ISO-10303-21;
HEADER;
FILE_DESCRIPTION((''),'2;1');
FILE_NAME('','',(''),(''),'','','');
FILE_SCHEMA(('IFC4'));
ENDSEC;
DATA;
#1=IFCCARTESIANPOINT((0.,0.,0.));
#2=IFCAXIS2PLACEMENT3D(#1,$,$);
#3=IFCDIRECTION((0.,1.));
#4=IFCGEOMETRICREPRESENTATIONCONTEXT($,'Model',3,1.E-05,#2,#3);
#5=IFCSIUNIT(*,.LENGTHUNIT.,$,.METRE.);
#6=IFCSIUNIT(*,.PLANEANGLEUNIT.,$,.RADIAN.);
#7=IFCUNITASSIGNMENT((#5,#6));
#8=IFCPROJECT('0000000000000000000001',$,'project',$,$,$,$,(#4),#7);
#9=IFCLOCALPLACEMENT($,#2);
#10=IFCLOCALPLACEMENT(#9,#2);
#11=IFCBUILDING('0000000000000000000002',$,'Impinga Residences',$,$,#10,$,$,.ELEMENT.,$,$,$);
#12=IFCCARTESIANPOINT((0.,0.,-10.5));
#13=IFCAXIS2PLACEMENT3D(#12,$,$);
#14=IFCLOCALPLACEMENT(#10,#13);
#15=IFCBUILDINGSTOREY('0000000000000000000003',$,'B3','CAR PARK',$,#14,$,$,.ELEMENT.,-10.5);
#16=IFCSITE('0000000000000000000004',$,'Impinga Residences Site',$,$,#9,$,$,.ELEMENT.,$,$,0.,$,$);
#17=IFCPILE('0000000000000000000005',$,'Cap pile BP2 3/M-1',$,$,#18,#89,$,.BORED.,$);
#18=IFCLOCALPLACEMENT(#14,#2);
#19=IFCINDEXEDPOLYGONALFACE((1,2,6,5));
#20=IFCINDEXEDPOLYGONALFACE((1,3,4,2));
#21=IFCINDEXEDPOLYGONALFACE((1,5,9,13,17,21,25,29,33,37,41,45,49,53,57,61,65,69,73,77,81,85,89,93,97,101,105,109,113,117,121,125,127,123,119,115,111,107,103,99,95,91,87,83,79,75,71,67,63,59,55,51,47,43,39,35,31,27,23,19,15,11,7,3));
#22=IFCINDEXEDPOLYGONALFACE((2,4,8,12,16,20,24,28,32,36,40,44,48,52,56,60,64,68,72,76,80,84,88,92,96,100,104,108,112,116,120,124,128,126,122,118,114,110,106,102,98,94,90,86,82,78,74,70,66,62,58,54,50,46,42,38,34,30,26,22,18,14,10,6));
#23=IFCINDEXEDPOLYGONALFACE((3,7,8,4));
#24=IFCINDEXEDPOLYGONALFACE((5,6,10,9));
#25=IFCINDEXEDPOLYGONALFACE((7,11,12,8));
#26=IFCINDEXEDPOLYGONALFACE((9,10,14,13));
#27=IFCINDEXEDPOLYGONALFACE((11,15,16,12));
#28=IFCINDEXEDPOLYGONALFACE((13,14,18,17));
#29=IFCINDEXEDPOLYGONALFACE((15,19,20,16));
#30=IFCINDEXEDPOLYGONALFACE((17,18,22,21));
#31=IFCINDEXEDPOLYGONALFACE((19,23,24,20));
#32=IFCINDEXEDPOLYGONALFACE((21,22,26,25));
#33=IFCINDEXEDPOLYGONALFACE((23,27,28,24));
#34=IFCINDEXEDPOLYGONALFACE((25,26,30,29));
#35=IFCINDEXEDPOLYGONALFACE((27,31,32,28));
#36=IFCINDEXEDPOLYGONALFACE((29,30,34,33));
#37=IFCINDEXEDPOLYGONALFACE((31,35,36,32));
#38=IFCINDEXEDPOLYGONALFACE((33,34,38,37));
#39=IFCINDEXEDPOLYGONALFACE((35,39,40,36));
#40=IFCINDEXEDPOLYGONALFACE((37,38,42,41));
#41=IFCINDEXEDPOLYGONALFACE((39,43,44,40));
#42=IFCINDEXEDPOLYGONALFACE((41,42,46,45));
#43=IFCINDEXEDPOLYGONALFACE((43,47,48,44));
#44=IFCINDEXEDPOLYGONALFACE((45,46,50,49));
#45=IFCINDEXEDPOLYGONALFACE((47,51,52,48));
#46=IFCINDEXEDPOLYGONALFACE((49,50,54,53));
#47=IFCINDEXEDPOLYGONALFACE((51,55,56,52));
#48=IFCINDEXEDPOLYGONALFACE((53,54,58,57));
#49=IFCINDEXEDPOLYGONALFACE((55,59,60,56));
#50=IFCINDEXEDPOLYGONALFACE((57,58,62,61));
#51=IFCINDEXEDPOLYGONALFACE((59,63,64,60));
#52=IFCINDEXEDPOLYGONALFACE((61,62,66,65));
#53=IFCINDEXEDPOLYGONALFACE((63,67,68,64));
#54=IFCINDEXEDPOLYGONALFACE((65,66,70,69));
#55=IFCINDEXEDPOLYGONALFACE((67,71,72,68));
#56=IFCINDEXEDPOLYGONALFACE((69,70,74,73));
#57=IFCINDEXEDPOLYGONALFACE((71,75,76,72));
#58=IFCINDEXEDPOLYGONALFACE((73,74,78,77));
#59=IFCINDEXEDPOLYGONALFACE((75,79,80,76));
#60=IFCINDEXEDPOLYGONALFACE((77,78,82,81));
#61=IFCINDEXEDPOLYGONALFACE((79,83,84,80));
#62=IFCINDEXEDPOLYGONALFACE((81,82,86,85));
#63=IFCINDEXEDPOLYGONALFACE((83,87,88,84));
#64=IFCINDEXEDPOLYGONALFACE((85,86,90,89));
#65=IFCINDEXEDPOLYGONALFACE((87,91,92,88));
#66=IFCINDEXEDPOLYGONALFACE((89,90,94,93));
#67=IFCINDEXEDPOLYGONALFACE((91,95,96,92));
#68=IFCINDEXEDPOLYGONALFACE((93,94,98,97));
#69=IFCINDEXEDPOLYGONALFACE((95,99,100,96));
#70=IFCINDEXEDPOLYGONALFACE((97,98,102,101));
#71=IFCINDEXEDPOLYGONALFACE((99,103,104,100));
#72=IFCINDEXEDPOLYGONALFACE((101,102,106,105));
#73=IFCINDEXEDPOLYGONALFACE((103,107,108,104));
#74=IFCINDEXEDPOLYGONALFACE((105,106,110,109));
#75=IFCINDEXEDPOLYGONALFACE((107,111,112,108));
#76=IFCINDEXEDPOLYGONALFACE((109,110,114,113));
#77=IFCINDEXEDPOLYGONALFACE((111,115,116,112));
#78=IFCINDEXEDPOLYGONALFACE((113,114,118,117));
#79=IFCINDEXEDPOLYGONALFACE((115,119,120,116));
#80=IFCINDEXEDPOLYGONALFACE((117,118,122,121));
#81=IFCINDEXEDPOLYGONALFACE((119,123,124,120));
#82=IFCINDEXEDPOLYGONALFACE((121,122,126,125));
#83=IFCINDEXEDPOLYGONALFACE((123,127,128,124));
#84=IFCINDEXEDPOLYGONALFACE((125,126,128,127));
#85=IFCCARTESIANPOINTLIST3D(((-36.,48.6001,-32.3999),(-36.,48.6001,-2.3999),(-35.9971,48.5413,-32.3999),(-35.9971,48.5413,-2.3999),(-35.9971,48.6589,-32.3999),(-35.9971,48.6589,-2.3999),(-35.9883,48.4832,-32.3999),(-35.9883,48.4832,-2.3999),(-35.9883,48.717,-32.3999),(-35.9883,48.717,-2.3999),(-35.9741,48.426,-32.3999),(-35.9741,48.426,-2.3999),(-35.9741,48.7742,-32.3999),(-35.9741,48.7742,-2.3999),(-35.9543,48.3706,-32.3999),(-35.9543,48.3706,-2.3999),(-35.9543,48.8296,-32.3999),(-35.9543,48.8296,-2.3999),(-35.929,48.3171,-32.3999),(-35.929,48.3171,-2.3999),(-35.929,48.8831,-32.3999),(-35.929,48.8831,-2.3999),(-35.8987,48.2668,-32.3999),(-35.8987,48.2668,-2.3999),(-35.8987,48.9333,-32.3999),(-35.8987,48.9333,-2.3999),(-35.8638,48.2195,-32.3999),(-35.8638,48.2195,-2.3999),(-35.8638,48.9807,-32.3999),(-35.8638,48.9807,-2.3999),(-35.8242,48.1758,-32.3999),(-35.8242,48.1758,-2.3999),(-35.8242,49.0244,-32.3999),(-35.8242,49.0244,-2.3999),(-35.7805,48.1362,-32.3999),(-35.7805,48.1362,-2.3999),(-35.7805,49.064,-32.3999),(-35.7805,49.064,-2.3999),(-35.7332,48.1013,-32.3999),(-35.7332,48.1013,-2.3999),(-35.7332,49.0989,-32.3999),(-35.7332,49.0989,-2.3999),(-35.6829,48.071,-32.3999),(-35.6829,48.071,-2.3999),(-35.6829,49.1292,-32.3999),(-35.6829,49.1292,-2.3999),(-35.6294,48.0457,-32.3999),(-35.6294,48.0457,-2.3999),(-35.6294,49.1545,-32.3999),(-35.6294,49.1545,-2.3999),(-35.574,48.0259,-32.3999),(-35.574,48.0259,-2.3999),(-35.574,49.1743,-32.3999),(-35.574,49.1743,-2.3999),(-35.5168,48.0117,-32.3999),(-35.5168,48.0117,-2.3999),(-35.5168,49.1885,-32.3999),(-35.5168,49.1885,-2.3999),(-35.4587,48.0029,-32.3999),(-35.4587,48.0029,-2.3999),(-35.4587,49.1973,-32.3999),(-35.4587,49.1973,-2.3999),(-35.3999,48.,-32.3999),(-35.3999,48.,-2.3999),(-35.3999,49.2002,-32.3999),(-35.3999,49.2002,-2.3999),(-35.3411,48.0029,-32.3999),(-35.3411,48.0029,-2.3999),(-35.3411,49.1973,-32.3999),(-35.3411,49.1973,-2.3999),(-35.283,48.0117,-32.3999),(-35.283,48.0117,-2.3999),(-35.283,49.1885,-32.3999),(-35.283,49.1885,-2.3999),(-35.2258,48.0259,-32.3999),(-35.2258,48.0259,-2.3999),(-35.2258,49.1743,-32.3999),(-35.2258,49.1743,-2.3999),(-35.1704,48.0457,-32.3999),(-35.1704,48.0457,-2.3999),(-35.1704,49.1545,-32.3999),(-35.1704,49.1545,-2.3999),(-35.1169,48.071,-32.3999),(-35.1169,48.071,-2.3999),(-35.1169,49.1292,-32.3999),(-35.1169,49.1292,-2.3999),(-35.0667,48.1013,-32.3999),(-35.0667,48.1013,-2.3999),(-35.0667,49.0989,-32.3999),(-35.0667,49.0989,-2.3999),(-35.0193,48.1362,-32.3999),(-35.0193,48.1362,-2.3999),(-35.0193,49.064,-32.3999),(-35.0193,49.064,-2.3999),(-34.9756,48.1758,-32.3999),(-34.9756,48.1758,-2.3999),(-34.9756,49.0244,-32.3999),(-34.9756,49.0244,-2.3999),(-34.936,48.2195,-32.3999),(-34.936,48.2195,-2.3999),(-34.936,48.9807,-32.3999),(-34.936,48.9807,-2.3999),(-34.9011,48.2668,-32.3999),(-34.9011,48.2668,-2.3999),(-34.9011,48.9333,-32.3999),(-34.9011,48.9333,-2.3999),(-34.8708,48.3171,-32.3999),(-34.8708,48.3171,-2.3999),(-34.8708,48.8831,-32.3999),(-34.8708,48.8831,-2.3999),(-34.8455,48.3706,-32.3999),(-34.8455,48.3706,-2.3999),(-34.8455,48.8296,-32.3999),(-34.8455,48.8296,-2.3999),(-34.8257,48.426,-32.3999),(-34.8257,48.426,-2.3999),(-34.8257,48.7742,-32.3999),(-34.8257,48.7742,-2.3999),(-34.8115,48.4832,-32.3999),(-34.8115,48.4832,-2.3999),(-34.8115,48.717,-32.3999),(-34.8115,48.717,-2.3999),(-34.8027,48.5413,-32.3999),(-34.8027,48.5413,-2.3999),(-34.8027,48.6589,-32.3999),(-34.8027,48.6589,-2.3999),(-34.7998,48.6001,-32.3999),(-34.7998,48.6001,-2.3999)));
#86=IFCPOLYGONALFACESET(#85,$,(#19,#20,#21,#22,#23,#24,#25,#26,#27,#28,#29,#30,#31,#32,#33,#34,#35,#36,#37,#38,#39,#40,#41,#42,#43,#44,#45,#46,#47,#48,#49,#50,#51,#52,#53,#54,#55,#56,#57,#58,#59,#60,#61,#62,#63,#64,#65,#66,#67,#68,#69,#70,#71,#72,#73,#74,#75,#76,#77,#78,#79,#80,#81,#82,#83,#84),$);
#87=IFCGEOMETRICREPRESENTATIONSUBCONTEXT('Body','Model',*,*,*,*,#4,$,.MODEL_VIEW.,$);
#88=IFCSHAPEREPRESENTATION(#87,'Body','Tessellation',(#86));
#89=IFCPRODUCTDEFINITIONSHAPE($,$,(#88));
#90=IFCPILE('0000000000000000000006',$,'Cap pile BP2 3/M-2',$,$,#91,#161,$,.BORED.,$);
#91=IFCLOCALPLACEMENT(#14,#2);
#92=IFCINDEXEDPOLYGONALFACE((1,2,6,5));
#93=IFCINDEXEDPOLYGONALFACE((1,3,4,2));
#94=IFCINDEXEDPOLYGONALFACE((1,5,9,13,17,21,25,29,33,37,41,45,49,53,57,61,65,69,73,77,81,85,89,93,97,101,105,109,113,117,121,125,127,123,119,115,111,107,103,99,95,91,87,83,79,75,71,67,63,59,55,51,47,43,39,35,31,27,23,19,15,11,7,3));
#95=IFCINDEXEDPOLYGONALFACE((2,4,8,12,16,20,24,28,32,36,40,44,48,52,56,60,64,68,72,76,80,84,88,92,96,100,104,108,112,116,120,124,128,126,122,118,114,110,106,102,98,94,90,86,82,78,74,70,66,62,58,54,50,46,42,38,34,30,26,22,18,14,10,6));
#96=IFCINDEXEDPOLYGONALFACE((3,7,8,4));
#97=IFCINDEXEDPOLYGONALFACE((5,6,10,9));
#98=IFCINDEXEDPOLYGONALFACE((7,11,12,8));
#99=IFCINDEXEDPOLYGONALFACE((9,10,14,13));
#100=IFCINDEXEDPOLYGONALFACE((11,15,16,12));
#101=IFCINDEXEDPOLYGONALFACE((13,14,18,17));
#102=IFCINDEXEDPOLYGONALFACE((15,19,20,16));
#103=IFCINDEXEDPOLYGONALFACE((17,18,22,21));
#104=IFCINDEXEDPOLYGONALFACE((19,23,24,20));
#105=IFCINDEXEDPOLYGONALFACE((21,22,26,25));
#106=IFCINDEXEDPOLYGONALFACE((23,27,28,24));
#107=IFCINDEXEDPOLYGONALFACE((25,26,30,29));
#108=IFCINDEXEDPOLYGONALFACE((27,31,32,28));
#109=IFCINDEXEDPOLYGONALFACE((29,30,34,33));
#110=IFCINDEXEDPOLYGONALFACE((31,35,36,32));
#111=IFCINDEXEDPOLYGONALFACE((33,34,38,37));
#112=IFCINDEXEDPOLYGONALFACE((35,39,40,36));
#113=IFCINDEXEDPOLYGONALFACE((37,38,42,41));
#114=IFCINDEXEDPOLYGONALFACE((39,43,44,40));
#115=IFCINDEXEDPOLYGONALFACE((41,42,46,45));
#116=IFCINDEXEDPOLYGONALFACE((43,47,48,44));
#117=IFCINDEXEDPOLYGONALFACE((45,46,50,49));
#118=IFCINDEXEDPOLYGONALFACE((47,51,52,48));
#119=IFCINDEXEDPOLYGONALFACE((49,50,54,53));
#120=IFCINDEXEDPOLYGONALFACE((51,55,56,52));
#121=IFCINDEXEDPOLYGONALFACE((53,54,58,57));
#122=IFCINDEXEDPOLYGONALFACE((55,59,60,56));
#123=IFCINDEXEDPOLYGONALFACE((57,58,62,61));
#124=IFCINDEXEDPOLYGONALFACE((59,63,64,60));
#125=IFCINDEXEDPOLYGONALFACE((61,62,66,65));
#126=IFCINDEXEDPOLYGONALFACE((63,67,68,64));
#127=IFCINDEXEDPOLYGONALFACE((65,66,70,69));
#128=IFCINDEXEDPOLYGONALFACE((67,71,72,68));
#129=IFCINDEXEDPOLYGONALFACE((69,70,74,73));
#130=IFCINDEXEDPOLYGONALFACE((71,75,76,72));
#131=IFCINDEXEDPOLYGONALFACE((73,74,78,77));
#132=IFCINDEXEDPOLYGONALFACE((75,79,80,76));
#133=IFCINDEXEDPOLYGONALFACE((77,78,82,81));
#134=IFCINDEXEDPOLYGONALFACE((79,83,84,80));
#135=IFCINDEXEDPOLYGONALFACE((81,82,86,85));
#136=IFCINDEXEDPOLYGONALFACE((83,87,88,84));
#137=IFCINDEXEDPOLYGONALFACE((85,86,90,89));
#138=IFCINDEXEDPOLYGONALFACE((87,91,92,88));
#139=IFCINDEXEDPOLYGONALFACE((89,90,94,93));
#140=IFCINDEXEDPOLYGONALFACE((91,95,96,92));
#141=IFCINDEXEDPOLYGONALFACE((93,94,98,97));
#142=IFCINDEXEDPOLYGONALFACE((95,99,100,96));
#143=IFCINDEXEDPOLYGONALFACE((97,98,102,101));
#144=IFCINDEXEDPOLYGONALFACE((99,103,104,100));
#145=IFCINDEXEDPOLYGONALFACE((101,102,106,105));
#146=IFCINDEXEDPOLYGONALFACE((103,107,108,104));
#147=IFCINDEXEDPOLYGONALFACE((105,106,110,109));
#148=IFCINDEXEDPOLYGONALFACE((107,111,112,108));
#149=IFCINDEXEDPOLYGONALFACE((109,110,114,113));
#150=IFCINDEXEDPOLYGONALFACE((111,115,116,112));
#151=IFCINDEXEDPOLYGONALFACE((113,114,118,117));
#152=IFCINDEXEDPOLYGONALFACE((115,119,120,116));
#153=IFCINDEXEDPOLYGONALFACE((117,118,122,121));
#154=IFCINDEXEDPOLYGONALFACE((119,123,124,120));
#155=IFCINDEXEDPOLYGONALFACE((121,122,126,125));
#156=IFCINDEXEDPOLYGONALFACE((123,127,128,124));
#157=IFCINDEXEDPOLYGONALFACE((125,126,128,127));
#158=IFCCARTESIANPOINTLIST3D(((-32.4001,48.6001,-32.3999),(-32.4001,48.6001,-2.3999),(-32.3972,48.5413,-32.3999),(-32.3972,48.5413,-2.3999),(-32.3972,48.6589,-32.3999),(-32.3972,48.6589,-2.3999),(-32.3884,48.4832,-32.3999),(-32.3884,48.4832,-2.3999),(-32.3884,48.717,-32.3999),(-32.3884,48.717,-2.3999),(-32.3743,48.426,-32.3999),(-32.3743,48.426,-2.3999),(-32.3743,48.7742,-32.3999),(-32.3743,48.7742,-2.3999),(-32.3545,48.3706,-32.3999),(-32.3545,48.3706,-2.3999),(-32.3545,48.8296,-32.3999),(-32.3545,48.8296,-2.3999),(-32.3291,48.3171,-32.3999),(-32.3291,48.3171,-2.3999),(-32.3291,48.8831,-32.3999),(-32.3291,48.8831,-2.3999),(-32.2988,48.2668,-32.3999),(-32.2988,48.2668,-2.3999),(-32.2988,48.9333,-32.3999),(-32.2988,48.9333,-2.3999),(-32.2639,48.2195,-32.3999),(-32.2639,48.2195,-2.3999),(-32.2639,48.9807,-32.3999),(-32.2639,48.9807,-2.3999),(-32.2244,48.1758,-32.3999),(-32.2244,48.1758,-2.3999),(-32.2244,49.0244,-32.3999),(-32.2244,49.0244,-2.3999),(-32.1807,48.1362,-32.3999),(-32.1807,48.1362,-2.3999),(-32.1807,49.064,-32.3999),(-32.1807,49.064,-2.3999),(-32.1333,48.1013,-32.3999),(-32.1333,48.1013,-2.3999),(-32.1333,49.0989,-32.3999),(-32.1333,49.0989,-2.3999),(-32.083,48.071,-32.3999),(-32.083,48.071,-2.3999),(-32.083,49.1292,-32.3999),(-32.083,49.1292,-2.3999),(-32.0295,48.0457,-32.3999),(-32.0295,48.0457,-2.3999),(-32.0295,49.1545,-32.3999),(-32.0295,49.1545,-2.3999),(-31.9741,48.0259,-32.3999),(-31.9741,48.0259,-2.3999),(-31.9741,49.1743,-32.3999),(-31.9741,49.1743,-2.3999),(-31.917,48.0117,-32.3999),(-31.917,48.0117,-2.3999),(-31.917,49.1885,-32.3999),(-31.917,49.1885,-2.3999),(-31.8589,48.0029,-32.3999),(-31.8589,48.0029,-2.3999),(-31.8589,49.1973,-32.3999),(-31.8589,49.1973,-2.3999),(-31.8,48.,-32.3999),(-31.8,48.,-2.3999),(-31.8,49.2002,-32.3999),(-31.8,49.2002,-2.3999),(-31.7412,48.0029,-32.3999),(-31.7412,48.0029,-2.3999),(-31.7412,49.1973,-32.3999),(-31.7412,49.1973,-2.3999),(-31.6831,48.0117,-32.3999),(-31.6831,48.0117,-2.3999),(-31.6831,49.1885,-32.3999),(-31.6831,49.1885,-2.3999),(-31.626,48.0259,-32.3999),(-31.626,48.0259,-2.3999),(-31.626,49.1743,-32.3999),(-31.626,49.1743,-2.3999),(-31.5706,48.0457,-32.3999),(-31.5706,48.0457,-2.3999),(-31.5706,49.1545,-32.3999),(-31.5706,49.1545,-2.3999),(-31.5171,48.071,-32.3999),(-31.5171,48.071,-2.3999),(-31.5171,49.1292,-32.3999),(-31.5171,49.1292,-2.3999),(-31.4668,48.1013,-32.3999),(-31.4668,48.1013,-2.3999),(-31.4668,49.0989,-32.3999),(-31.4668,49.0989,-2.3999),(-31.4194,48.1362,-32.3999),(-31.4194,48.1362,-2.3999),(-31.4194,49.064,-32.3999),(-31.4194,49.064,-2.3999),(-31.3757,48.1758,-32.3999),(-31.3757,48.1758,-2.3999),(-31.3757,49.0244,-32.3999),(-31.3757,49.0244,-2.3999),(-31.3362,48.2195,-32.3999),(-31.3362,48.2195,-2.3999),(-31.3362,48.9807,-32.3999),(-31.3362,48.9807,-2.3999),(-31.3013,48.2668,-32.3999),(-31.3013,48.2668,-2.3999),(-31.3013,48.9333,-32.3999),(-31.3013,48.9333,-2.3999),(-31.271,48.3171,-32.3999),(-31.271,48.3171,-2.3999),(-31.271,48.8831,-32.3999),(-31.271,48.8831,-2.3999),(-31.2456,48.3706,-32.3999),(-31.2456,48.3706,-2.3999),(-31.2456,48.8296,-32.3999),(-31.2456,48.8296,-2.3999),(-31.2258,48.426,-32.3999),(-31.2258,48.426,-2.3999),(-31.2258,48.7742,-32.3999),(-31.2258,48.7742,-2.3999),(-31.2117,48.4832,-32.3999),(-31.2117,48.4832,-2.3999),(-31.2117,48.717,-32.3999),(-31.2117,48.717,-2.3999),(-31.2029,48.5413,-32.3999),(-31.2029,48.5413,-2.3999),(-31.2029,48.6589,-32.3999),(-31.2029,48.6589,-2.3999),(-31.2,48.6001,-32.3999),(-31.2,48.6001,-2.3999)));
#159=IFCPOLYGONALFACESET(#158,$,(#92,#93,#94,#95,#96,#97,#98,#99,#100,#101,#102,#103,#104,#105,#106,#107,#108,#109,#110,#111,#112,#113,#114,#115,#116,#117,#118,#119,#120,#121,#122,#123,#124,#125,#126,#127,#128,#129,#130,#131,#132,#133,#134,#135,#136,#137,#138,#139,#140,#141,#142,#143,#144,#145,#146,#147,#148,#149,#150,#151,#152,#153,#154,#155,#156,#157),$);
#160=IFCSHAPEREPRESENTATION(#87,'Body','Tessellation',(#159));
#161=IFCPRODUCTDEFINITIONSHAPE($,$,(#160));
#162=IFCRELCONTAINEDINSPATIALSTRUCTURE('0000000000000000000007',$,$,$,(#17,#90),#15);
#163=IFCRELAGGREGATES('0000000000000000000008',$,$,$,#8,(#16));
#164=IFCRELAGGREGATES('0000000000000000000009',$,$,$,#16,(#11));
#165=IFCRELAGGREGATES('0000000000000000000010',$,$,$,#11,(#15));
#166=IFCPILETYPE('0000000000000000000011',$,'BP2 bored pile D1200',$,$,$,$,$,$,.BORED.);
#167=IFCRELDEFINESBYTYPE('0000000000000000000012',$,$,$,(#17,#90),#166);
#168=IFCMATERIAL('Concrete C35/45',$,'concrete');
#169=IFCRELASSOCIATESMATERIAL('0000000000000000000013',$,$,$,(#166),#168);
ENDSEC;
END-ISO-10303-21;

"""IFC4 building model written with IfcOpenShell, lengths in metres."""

from ifc_helpers import new_model, si_unit, direction, frame, origin, origin_2d, place, context, subcontext, project, spatial, polyline, circle, outline, extrude, material, material_profile, profile_set, type_object, element, save


model = new_model("IFC4")

# Units and contexts
model_context = context("Model", 3, precision=1e-05, world=origin(), true_north=direction((0.0, 1.0)))
body_context = subcontext(model_context, "Body", "Model", "MODEL_VIEW")
ifc_project = project(units=[si_unit("LENGTHUNIT", "METRE"), si_unit("PLANEANGLEUNIT", "RADIAN")], contexts=[model_context])

# Site, building, storey
site_placement = place(None, origin())
site = spatial("IfcSite", under=ifc_project, at=site_placement, Name="Impinga Residences Site", CompositionType="ELEMENT", RefElevation=0.0)
building_placement = place(site_placement, origin())
building = spatial("IfcBuilding", under=site, at=building_placement, Name="Impinga Residences", CompositionType="ELEMENT")
storey_placement = place(building_placement, frame((0.0, 0.0, -10.5)))
storey = spatial("IfcBuildingStorey", under=building, at=storey_placement, Name="B3", Description="CAR PARK", CompositionType="ELEMENT", Elevation=-10.5)

# Piles
ifc_material_1 = material(Name="Concrete C35/45", Category="concrete")
ifc_material_profile_1 = material_profile(ifc_material_1, circle(Radius=0.6001, at=origin_2d()), Name="D1200")
ifc_profile_set_1 = profile_set([ifc_material_profile_1], Name="Concrete C35/45")
pile_type = type_object("IfcPileType", Name="BP2 bored pile D1200", PredefinedType="BORED", material=ifc_profile_set_1)
pile_1_placement = place(storey_placement, frame((-35.3999, 48.6001, -2.3999), z_axis=(0.0, 0.0, -1.0), x_axis=(1.0, 0.0, 0.0)))
element("IfcPile", 1, at=pile_1_placement, inside=storey, type_object=pile_type, Name="Cap pile BP2 3/M-1", PredefinedType="BORED", context=body_context, shape_type="SweptSolid", body=[
    extrude(outline(polyline([(0.6001, 0.0), (0.5972, 0.0588), (0.5884, 0.1169), (0.5742, 0.1741), (0.5544, 0.2295), (0.5291, 0.283), (0.4988, 0.3333), (0.4639, 0.3806), (0.4243, 0.4243), (0.3806, 0.4639), (0.3333, 0.4988), (0.283, 0.5291), (0.2295, 0.5544), (0.1741, 0.5742), (0.1169, 0.5884), (0.0588, 0.5972), (0.0, 0.6001), (-0.0588, 0.5972), (-0.1169, 0.5884), (-0.1741, 0.5742), (-0.2295, 0.5544), (-0.283, 0.5291), (-0.3333, 0.4988), (-0.3806, 0.4639), (-0.4243, 0.4243), (-0.4639, 0.3806), (-0.4988, 0.3333), (-0.5291, 0.283), (-0.5544, 0.2295), (-0.5742, 0.1741), (-0.5884, 0.1169), (-0.5972, 0.0588), (-0.6001, 0.0), (-0.5972, -0.0588), (-0.5884, -0.1169), (-0.5742, -0.1741), (-0.5544, -0.2295), (-0.5291, -0.283), (-0.4988, -0.3333), (-0.4639, -0.3806), (-0.4243, -0.4243), (-0.3806, -0.4639), (-0.3333, -0.4988), (-0.283, -0.5291), (-0.2295, -0.5544), (-0.1741, -0.5742), (-0.1169, -0.5884), (-0.0588, -0.5972), (0.0, -0.6001), (0.0588, -0.5972), (0.1169, -0.5884), (0.1741, -0.5742), (0.2295, -0.5544), (0.283, -0.5291), (0.3333, -0.4988), (0.3806, -0.4639), (0.4243, -0.4243), (0.4639, -0.3806), (0.4988, -0.3333), (0.5291, -0.283), (0.5544, -0.2295), (0.5742, -0.1741), (0.5884, -0.1169), (0.5972, -0.0588), (0.6001, 0.0)])), origin(), (0.0, 0.0, 1.0), 30.0),
])
pile_2_placement = place(storey_placement, frame((-31.8, 48.6001, -2.3999), z_axis=(0.0, 0.0, -1.0), x_axis=(1.0, 0.0, 0.0)))
element("IfcPile", 2, at=pile_2_placement, inside=storey, type_object=pile_type, Name="Cap pile BP2 3/M-2", PredefinedType="BORED", context=body_context, shape_type="SweptSolid", body=[
    extrude(outline(polyline([(0.6001, 0.0), (0.5972, 0.0588), (0.5884, 0.1169), (0.5742, 0.1741), (0.5544, 0.2295), (0.5291, 0.283), (0.4988, 0.3333), (0.4639, 0.3806), (0.4243, 0.4243), (0.3806, 0.4639), (0.3333, 0.4988), (0.283, 0.5291), (0.2295, 0.5544), (0.1741, 0.5742), (0.1169, 0.5884), (0.0588, 0.5972), (0.0, 0.6001), (-0.0588, 0.5972), (-0.1169, 0.5884), (-0.1741, 0.5742), (-0.2295, 0.5544), (-0.283, 0.5291), (-0.3333, 0.4988), (-0.3806, 0.4639), (-0.4243, 0.4243), (-0.4639, 0.3806), (-0.4988, 0.3333), (-0.5291, 0.283), (-0.5544, 0.2295), (-0.5742, 0.1741), (-0.5884, 0.1169), (-0.5972, 0.0588), (-0.6001, 0.0), (-0.5972, -0.0588), (-0.5884, -0.1169), (-0.5742, -0.1741), (-0.5544, -0.2295), (-0.5291, -0.283), (-0.4988, -0.3333), (-0.4639, -0.3806), (-0.4243, -0.4243), (-0.3806, -0.4639), (-0.3333, -0.4988), (-0.283, -0.5291), (-0.2295, -0.5544), (-0.1741, -0.5742), (-0.1169, -0.5884), (-0.0588, -0.5972), (0.0, -0.6001), (0.0588, -0.5972), (0.1169, -0.5884), (0.1741, -0.5742), (0.2295, -0.5544), (0.283, -0.5291), (0.3333, -0.4988), (0.3806, -0.4639), (0.4243, -0.4243), (0.4639, -0.3806), (0.4988, -0.3333), (0.5291, -0.283), (0.5544, -0.2295), (0.5742, -0.1741), (0.5884, -0.1169), (0.5972, -0.0588), (0.6001, 0.0)])), origin(), (0.0, 0.0, 1.0), 30.0),
])

save(model, "model.ifc")
